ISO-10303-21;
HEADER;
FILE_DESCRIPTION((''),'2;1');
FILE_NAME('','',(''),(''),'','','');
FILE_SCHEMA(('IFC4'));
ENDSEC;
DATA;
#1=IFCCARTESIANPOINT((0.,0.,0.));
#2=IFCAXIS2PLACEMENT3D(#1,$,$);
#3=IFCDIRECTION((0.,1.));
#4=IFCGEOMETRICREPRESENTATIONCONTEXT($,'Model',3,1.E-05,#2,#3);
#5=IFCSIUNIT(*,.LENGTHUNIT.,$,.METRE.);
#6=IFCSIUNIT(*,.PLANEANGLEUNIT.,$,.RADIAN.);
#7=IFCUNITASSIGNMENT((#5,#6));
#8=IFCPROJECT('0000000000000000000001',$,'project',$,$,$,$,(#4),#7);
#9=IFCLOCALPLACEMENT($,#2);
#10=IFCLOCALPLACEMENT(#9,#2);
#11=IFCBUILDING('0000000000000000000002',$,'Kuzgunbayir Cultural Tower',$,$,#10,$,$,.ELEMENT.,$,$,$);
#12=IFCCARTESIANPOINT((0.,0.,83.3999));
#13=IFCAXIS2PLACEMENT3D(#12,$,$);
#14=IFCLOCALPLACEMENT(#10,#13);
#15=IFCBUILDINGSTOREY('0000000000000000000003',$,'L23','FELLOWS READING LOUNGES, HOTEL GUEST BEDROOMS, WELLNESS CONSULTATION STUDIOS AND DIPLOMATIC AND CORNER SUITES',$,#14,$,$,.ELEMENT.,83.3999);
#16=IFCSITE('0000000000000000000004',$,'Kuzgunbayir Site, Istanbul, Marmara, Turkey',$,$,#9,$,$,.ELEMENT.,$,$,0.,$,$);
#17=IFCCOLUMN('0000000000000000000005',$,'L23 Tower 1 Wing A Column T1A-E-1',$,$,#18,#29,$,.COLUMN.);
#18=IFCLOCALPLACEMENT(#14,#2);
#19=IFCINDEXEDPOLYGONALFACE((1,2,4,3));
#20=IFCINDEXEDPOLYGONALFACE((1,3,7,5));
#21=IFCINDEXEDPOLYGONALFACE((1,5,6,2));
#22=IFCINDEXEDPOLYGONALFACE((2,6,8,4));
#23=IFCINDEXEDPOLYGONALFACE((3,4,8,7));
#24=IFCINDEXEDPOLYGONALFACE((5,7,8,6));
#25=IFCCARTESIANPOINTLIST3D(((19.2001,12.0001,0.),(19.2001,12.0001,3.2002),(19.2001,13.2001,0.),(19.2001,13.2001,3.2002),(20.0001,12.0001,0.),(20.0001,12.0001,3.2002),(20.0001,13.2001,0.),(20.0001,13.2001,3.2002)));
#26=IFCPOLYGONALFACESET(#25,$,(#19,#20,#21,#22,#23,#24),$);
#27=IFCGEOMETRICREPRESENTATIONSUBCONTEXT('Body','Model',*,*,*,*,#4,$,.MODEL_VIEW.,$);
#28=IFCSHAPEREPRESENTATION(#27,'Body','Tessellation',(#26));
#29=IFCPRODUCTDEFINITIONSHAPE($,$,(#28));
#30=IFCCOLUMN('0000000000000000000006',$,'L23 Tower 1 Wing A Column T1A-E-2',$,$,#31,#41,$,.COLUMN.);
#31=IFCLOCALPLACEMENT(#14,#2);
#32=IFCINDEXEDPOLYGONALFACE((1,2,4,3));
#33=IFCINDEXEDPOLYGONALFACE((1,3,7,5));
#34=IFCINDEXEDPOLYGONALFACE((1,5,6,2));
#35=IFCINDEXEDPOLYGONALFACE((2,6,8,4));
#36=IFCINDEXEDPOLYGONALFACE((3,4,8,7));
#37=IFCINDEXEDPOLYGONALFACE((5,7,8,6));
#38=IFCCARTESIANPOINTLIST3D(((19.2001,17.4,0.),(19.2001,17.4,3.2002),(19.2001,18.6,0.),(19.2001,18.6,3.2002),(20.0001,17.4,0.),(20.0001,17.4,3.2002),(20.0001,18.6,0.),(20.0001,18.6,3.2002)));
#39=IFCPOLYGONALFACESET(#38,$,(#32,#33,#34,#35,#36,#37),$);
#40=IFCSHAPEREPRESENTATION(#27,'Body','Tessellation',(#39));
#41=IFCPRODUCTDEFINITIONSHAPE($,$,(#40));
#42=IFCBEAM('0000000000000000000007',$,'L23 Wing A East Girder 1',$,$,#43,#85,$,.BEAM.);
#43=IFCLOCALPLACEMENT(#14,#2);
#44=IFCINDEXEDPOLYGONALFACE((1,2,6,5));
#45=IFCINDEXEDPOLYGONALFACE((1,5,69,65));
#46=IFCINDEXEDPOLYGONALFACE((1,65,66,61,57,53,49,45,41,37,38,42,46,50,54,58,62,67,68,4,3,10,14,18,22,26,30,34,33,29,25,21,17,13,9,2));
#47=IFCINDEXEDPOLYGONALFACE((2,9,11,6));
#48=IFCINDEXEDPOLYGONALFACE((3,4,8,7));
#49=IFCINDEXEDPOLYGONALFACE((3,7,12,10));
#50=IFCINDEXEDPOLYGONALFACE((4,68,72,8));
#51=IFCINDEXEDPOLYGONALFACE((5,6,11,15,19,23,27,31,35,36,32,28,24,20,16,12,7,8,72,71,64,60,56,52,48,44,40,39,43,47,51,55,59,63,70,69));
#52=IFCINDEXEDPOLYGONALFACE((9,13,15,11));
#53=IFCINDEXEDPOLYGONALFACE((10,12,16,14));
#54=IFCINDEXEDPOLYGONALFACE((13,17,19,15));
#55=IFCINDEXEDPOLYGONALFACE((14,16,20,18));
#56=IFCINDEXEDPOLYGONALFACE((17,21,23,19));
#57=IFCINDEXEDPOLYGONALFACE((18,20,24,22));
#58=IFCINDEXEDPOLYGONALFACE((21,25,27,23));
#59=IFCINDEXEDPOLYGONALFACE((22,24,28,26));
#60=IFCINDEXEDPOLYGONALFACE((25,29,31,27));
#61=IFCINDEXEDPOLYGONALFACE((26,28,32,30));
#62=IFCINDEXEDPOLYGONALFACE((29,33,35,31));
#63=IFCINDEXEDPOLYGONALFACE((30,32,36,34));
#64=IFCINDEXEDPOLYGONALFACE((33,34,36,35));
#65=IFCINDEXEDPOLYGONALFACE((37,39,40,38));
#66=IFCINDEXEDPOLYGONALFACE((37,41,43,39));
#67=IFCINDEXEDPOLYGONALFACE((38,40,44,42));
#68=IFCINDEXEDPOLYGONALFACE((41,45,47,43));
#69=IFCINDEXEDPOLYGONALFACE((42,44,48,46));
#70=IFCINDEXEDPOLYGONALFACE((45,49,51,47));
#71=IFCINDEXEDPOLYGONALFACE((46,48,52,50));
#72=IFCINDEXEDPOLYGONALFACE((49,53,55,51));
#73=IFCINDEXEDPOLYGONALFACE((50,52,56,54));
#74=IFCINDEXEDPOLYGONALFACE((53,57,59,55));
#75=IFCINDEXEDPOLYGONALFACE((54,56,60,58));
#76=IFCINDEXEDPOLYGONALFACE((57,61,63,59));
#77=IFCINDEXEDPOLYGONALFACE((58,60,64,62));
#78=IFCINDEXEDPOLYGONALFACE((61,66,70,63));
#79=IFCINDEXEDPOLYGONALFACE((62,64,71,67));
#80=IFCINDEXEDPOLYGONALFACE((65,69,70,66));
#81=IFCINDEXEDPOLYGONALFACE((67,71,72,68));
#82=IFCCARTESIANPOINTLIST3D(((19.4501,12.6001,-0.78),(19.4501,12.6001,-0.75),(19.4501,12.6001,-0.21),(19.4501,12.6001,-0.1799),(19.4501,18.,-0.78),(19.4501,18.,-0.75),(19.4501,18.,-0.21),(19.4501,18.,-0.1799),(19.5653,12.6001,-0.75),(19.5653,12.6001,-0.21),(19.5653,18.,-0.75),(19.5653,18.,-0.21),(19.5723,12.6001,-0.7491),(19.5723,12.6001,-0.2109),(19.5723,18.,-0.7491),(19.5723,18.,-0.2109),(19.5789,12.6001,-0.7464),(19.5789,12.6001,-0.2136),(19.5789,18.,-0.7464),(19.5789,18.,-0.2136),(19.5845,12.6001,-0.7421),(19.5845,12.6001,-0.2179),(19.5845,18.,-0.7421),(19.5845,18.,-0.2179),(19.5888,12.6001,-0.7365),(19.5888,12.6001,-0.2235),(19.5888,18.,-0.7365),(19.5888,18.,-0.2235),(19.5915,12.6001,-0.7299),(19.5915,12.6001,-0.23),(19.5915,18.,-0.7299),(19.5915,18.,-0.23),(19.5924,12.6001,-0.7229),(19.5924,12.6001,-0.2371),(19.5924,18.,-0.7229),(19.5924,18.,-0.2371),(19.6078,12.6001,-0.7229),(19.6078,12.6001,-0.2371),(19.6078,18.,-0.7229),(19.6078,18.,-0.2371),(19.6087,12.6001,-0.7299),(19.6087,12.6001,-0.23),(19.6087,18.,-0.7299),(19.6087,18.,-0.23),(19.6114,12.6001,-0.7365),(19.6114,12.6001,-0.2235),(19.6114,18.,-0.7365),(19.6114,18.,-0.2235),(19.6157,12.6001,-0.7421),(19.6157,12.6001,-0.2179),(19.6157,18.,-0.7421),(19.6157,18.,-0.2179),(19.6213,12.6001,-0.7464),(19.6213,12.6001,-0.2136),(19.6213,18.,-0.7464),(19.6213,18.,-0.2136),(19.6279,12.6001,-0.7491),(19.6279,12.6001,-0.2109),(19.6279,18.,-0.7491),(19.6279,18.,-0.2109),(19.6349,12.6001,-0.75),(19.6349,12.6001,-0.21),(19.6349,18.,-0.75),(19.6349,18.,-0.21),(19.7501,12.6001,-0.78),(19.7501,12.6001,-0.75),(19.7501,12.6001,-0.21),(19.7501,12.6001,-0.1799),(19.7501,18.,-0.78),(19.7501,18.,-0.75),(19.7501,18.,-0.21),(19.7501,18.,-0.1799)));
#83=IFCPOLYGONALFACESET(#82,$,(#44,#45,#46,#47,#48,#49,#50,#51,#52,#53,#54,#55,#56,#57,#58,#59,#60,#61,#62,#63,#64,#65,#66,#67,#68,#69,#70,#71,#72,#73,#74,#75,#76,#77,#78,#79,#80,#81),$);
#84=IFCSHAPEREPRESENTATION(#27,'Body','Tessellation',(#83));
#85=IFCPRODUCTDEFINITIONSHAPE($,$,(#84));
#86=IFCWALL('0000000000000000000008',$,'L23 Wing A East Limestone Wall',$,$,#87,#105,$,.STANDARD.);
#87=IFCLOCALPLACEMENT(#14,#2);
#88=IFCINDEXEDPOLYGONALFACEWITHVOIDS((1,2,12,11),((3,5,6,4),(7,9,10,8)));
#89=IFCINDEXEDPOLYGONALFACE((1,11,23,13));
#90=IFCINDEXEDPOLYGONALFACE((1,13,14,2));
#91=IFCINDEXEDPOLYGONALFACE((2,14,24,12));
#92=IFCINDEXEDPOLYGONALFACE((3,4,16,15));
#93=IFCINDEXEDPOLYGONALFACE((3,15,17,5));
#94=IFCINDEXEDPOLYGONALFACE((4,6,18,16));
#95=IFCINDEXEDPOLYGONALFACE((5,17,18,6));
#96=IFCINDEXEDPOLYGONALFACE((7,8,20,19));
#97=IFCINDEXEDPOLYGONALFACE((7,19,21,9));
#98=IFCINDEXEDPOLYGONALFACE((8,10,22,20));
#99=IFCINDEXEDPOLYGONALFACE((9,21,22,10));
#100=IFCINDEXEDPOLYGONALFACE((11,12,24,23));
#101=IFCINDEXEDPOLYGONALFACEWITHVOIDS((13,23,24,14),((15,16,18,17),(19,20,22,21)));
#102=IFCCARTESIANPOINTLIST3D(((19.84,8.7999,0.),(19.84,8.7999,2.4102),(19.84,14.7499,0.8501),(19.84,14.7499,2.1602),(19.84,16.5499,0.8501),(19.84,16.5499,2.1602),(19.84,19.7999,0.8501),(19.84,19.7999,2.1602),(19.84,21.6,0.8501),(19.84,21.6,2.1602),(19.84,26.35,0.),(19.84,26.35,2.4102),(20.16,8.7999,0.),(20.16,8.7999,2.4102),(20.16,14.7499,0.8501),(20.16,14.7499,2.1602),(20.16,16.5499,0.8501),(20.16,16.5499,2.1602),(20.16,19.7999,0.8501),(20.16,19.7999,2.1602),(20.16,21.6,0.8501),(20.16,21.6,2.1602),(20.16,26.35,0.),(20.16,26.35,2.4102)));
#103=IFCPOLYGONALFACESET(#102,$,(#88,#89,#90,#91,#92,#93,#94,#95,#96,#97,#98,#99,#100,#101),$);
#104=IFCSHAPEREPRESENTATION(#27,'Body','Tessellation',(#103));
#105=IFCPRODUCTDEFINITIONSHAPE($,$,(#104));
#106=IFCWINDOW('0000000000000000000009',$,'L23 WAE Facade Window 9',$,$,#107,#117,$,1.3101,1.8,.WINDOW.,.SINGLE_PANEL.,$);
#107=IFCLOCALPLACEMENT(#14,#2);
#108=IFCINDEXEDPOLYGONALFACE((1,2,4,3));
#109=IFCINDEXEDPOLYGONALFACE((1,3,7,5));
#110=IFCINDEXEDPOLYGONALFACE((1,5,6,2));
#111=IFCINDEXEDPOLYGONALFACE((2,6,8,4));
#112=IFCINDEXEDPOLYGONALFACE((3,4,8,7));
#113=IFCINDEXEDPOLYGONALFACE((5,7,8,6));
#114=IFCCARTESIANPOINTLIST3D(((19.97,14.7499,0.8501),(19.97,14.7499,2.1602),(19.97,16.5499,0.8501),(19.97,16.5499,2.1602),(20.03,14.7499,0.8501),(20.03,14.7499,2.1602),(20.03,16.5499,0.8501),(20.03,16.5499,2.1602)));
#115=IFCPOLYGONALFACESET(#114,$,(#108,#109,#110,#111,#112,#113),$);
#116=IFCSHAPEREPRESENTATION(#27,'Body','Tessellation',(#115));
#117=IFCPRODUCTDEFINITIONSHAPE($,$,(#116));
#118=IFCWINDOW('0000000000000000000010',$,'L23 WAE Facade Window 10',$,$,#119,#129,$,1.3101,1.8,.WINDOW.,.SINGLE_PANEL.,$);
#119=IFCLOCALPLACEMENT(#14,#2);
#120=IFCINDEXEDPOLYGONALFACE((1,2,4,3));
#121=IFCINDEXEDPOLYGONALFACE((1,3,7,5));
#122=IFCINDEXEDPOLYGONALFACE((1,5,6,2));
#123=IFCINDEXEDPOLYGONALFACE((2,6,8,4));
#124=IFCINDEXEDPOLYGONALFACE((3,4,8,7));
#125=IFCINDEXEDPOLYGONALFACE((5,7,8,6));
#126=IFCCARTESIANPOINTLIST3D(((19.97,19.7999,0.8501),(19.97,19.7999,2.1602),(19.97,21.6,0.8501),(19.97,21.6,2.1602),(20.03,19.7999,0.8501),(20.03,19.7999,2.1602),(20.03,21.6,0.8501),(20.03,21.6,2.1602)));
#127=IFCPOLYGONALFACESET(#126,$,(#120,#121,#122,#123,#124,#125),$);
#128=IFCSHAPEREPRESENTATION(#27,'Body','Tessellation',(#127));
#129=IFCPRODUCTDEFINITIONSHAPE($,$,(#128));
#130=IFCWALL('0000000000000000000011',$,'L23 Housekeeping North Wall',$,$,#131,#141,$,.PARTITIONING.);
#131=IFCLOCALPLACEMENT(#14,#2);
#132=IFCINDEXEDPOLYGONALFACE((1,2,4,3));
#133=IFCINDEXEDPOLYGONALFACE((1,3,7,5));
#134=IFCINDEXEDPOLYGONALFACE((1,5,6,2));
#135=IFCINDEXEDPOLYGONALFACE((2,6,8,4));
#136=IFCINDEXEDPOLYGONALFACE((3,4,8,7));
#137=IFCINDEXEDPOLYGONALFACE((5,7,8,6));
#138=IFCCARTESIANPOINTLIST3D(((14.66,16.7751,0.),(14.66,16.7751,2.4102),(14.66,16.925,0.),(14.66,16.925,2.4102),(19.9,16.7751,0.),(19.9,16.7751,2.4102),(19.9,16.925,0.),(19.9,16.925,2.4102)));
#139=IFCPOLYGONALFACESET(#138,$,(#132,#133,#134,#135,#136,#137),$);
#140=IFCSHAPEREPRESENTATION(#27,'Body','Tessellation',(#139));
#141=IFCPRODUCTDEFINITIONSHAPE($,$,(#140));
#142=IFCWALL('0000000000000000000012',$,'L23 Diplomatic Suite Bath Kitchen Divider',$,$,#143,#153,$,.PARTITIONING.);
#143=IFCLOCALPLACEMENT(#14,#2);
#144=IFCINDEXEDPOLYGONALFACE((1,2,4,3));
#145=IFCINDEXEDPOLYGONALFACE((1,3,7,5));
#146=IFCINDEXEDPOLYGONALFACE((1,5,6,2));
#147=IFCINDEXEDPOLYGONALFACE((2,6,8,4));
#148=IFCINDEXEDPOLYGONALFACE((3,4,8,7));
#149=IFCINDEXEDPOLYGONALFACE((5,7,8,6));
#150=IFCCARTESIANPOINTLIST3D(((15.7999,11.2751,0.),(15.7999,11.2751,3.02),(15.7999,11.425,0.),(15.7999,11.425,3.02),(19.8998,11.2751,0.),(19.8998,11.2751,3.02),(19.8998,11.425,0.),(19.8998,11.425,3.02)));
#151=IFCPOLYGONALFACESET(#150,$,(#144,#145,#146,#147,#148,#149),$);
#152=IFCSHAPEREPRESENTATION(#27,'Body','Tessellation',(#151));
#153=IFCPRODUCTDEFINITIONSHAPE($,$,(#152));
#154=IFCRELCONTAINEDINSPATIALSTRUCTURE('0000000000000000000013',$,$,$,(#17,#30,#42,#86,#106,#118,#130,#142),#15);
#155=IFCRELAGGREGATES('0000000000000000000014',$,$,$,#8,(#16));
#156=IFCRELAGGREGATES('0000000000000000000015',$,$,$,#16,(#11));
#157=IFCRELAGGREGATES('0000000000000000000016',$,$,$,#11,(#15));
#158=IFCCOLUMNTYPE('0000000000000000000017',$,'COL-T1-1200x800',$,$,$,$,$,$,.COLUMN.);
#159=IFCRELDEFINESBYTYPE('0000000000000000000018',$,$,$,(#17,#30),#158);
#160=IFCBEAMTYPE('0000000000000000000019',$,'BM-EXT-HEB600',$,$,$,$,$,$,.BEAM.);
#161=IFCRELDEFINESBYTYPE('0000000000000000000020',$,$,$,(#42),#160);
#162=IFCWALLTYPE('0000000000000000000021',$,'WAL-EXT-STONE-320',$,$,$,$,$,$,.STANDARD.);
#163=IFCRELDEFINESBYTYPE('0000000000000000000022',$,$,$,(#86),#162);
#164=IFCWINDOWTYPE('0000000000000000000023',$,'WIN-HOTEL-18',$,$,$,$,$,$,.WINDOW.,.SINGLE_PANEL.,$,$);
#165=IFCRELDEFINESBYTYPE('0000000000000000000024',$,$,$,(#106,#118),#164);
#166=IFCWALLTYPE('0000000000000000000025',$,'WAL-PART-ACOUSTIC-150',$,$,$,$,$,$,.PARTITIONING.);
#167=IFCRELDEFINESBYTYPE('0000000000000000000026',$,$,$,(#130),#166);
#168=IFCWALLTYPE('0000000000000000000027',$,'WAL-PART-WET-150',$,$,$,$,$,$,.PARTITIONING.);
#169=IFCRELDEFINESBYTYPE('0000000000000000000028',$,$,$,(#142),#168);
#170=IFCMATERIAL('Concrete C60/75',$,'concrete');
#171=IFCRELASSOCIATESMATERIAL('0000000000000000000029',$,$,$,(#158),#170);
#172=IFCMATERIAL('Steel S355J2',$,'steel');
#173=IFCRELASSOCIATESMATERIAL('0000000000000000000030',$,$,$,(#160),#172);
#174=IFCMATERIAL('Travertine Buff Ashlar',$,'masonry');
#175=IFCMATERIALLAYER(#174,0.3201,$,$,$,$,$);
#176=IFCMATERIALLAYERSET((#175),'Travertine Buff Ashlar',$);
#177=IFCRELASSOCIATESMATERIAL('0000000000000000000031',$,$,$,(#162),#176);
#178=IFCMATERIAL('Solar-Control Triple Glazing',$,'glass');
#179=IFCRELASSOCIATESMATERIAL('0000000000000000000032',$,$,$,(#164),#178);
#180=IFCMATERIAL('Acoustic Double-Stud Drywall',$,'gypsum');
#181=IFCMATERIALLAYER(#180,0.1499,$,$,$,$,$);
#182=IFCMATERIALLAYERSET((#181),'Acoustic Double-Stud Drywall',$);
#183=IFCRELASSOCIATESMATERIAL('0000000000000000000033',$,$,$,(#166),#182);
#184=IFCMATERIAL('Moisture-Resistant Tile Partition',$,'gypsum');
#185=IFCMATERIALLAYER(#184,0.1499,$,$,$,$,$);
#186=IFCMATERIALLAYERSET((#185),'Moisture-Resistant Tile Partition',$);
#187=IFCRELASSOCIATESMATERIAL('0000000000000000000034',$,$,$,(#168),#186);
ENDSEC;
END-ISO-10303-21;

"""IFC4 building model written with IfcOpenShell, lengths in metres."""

from ifc_helpers import new_model, si_unit, direction, frame, frame_2d, origin, origin_2d, place, context, subcontext, project, spatial, rectangle, i_section, extrude, material, layer, layer_set, material_profile, profile_set, type_object, element, fill, save


model = new_model("IFC4")

# Units and contexts
model_context = context("Model", 3, precision=1e-05, world=origin(), true_north=direction((0.0, 1.0)))
body_context = subcontext(model_context, "Body", "Model", "MODEL_VIEW")
ifc_project = project(units=[si_unit("LENGTHUNIT", "METRE"), si_unit("PLANEANGLEUNIT", "RADIAN")], contexts=[model_context])

# Site, building, storey
site_placement = place(None, origin())
site = spatial("IfcSite", under=ifc_project, at=site_placement, Name="Kuzgunbayir Site, Istanbul, Marmara, Turkey", CompositionType="ELEMENT", RefElevation=0.0)
building_placement = place(site_placement, origin())
building = spatial("IfcBuilding", under=site, at=building_placement, Name="Kuzgunbayir Cultural Tower", CompositionType="ELEMENT")
storey_placement = place(building_placement, frame((0.0, 0.0, 83.3999)))
storey = spatial("IfcBuildingStorey", under=building, at=storey_placement, Name="L23", Description="FELLOWS READING LOUNGES, HOTEL GUEST BEDROOMS, WELLNESS CONSULTATION STUDIOS AND DIPLOMATIC AND CORNER SUITES", CompositionType="ELEMENT", Elevation=83.3999)

# Columns
ifc_material_1 = material(Name="Concrete C60/75", Category="concrete")
ifc_material_profile_1 = material_profile(ifc_material_1, rectangle(XDim=0.8, YDim=1.2, at=origin_2d()), Name="RC 1200x800")
ifc_profile_set_1 = profile_set([ifc_material_profile_1], Name="Concrete C60/75")
column_type = type_object("IfcColumnType", Name="COL-T1-1200x800", PredefinedType="COLUMN", material=ifc_profile_set_1)
for number, where, z_axis, x_axis, name in (
    (1, (19.6001, 12.6001, 0.0), (0.0, 0.0, 1.0), (1.0, 0.0, 0.0), "L23 Tower 1 Wing A Column T1A-E-1"),
    (2, (19.6001, 18.0, 0.0), (0.0, 0.0, 1.0), (1.0, 0.0, 0.0), "L23 Tower 1 Wing A Column T1A-E-2"),
):
    element("IfcColumn", number, at=place(storey_placement, frame(where, z_axis=z_axis, x_axis=x_axis)), inside=storey, type_object=column_type, Name=name, PredefinedType="COLUMN", context=body_context, shape_type="SweptSolid", body=[
        extrude(rectangle(XDim=0.8, YDim=1.2, at=origin_2d()), origin(), (0.0, 0.0, 1.0), 3.2002),
    ])

# Beam
ifc_material_2 = material(Name="Steel S355J2", Category="steel")
ifc_material_profile_2 = material_profile(ifc_material_2, i_section(OverallWidth=0.3, OverallDepth=0.6001, WebThickness=0.0154, FlangeThickness=0.03, FilletRadius=0.0271, at=origin_2d()), Name="HEB 600")
ifc_profile_set_2 = profile_set([ifc_material_profile_2], Name="Steel S355J2")
beam_type = type_object("IfcBeamType", Name="BM-EXT-HEB600", PredefinedType="BEAM", material=ifc_profile_set_2)
beam_placement = place(storey_placement, frame((19.6001, 12.6001, -0.48), z_axis=(0.0, 1.0, 0.0), x_axis=(-1.0, 0.0, 0.0)))
element("IfcBeam", 3, at=beam_placement, inside=storey, type_object=beam_type, Name="L23 Wing A East Girder 1", PredefinedType="BEAM", context=body_context, shape_type="SweptSolid", body=[
    extrude(i_section(OverallWidth=0.3, OverallDepth=0.6001, WebThickness=0.0154, FlangeThickness=0.03, FilletRadius=0.0271, at=origin_2d()), origin(), (0.0, 0.0, 1.0), 5.3999),
])

# Wall, openings, windows
ifc_material_3 = material(Name="Travertine Buff Ashlar", Category="masonry")
ifc_layer_1 = layer(ifc_material_3, 0.3201)
ifc_layer_set_1 = layer_set([ifc_layer_1], Name="Travertine Buff Ashlar")
wall_type_1 = type_object("IfcWallType", Name="WAL-EXT-STONE-320", PredefinedType="STANDARD", material=ifc_layer_set_1)
wall_1_placement = place(storey_placement, frame((20.0, 8.8, 0.0), z_axis=(0.0, 0.0, 1.0), x_axis=(0.0, 1.0, 0.0)))
wall_1 = element("IfcWall", 4, at=wall_1_placement, inside=storey, type_object=wall_type_1, Name="L23 Wing A East Limestone Wall", PredefinedType="STANDARD", context=body_context, shape_type="SweptSolid", body=[
    extrude(rectangle(XDim=17.55, YDim=0.3201, at=frame_2d((8.7749, 0.0))), origin(), (0.0, 0.0, 1.0), 2.4102),
])
opening_1_placement = place(wall_1_placement, frame((5.95, 0.0, 0.8501)))
opening_1 = element("IfcOpeningElement", 5, at=opening_1_placement, cuts=wall_1, PredefinedType="OPENING", context=body_context, shape_type="SweptSolid", body=[
    extrude(rectangle(XDim=1.8, YDim=1.3101, at=frame_2d((0.8999, 0.655))), frame((0.0, 0.1699, 0.0), z_axis=(0.0, -1.0, 0.0), x_axis=(1.0, 0.0, 0.0)), (0.0, 0.0, 1.0), 0.3401),
])
opening_2_placement = place(wall_1_placement, frame((11.0, 0.0, 0.8501)))
opening_2 = element("IfcOpeningElement", 6, at=opening_2_placement, cuts=wall_1, PredefinedType="OPENING", context=body_context, shape_type="SweptSolid", body=[
    extrude(rectangle(XDim=1.8, YDim=1.3101, at=frame_2d((0.8999, 0.655))), frame((0.0, 0.1699, 0.0), z_axis=(0.0, -1.0, 0.0), x_axis=(1.0, 0.0, 0.0)), (0.0, 0.0, 1.0), 0.3401),
])
ifc_material_4 = material(Name="Solar-Control Triple Glazing", Category="glass")
window_type = type_object("IfcWindowType", Name="WIN-HOTEL-18", PartitioningType="SINGLE_PANEL", PredefinedType="WINDOW", material=ifc_material_4)
window_1_placement = place(opening_1_placement, origin())
window_1 = element("IfcWindow", 7, at=window_1_placement, inside=storey, type_object=window_type, Name="L23 WAE Facade Window 9", OverallHeight=1.3101, OverallWidth=1.8, PartitioningType="SINGLE_PANEL", PredefinedType="WINDOW", context=body_context, shape_type="SweptSolid", body=[
    extrude(rectangle(XDim=1.8, YDim=1.3101, at=frame_2d((0.8999, 0.655))), frame((0.0, 0.03, 0.0), z_axis=(0.0, -1.0, 0.0), x_axis=(1.0, 0.0, 0.0)), (0.0, 0.0, 1.0), 0.0601),
])
fill(opening_1, window_1)
window_2_placement = place(opening_2_placement, origin())
window_2 = element("IfcWindow", 8, at=window_2_placement, inside=storey, type_object=window_type, Name="L23 WAE Facade Window 10", OverallHeight=1.3101, OverallWidth=1.8, PartitioningType="SINGLE_PANEL", PredefinedType="WINDOW", context=body_context, shape_type="SweptSolid", body=[
    extrude(rectangle(XDim=1.8, YDim=1.3101, at=frame_2d((0.8999, 0.655))), frame((0.0, 0.03, 0.0), z_axis=(0.0, -1.0, 0.0), x_axis=(1.0, 0.0, 0.0)), (0.0, 0.0, 1.0), 0.0601),
])
fill(opening_2, window_2)

# Wall
ifc_material_5 = material(Name="Acoustic Double-Stud Drywall", Category="gypsum")
ifc_layer_2 = layer(ifc_material_5, 0.1499)
ifc_layer_set_2 = layer_set([ifc_layer_2], Name="Acoustic Double-Stud Drywall")
wall_type_2 = type_object("IfcWallType", Name="WAL-PART-ACOUSTIC-150", PredefinedType="PARTITIONING", material=ifc_layer_set_2)
wall_2_placement = place(storey_placement, frame((14.6599, 16.8501, 0.0), z_axis=(0.0, 0.0, 1.0), x_axis=(1.0, 0.0, 0.0)))
element("IfcWall", 9, at=wall_2_placement, inside=storey, type_object=wall_type_2, Name="L23 Housekeeping North Wall", PredefinedType="PARTITIONING", context=body_context, shape_type="SweptSolid", body=[
    extrude(rectangle(XDim=5.24, YDim=0.1499, at=frame_2d((2.6201, 0.0))), origin(), (0.0, 0.0, 1.0), 2.4102),
])

# Shared definitions
ifc_material_6 = material(Name="Moisture-Resistant Tile Partition", Category="gypsum")
ifc_layer_3 = layer(ifc_material_6, 0.1499)
ifc_layer_set_3 = layer_set([ifc_layer_3], Name="Moisture-Resistant Tile Partition")
wall_type_3 = type_object("IfcWallType", Name="WAL-PART-WET-150", PredefinedType="PARTITIONING", material=ifc_layer_set_3)

# Wall
wall_3_placement = place(storey_placement, frame((15.8, 11.3501, 0.0), z_axis=(0.0, 0.0, 1.0), x_axis=(1.0, 0.0, 0.0)))
element("IfcWall", 10, at=wall_3_placement, inside=storey, type_object=wall_type_3, Name="L23 Diplomatic Suite Bath Kitchen Divider", PredefinedType="PARTITIONING", context=body_context, shape_type="SweptSolid", body=[
    extrude(rectangle(XDim=4.0999, YDim=0.1499, at=frame_2d((2.0498, 0.0))), origin(), (0.0, 0.0, 1.0), 3.02),
])

save(model, "model.ifc")
